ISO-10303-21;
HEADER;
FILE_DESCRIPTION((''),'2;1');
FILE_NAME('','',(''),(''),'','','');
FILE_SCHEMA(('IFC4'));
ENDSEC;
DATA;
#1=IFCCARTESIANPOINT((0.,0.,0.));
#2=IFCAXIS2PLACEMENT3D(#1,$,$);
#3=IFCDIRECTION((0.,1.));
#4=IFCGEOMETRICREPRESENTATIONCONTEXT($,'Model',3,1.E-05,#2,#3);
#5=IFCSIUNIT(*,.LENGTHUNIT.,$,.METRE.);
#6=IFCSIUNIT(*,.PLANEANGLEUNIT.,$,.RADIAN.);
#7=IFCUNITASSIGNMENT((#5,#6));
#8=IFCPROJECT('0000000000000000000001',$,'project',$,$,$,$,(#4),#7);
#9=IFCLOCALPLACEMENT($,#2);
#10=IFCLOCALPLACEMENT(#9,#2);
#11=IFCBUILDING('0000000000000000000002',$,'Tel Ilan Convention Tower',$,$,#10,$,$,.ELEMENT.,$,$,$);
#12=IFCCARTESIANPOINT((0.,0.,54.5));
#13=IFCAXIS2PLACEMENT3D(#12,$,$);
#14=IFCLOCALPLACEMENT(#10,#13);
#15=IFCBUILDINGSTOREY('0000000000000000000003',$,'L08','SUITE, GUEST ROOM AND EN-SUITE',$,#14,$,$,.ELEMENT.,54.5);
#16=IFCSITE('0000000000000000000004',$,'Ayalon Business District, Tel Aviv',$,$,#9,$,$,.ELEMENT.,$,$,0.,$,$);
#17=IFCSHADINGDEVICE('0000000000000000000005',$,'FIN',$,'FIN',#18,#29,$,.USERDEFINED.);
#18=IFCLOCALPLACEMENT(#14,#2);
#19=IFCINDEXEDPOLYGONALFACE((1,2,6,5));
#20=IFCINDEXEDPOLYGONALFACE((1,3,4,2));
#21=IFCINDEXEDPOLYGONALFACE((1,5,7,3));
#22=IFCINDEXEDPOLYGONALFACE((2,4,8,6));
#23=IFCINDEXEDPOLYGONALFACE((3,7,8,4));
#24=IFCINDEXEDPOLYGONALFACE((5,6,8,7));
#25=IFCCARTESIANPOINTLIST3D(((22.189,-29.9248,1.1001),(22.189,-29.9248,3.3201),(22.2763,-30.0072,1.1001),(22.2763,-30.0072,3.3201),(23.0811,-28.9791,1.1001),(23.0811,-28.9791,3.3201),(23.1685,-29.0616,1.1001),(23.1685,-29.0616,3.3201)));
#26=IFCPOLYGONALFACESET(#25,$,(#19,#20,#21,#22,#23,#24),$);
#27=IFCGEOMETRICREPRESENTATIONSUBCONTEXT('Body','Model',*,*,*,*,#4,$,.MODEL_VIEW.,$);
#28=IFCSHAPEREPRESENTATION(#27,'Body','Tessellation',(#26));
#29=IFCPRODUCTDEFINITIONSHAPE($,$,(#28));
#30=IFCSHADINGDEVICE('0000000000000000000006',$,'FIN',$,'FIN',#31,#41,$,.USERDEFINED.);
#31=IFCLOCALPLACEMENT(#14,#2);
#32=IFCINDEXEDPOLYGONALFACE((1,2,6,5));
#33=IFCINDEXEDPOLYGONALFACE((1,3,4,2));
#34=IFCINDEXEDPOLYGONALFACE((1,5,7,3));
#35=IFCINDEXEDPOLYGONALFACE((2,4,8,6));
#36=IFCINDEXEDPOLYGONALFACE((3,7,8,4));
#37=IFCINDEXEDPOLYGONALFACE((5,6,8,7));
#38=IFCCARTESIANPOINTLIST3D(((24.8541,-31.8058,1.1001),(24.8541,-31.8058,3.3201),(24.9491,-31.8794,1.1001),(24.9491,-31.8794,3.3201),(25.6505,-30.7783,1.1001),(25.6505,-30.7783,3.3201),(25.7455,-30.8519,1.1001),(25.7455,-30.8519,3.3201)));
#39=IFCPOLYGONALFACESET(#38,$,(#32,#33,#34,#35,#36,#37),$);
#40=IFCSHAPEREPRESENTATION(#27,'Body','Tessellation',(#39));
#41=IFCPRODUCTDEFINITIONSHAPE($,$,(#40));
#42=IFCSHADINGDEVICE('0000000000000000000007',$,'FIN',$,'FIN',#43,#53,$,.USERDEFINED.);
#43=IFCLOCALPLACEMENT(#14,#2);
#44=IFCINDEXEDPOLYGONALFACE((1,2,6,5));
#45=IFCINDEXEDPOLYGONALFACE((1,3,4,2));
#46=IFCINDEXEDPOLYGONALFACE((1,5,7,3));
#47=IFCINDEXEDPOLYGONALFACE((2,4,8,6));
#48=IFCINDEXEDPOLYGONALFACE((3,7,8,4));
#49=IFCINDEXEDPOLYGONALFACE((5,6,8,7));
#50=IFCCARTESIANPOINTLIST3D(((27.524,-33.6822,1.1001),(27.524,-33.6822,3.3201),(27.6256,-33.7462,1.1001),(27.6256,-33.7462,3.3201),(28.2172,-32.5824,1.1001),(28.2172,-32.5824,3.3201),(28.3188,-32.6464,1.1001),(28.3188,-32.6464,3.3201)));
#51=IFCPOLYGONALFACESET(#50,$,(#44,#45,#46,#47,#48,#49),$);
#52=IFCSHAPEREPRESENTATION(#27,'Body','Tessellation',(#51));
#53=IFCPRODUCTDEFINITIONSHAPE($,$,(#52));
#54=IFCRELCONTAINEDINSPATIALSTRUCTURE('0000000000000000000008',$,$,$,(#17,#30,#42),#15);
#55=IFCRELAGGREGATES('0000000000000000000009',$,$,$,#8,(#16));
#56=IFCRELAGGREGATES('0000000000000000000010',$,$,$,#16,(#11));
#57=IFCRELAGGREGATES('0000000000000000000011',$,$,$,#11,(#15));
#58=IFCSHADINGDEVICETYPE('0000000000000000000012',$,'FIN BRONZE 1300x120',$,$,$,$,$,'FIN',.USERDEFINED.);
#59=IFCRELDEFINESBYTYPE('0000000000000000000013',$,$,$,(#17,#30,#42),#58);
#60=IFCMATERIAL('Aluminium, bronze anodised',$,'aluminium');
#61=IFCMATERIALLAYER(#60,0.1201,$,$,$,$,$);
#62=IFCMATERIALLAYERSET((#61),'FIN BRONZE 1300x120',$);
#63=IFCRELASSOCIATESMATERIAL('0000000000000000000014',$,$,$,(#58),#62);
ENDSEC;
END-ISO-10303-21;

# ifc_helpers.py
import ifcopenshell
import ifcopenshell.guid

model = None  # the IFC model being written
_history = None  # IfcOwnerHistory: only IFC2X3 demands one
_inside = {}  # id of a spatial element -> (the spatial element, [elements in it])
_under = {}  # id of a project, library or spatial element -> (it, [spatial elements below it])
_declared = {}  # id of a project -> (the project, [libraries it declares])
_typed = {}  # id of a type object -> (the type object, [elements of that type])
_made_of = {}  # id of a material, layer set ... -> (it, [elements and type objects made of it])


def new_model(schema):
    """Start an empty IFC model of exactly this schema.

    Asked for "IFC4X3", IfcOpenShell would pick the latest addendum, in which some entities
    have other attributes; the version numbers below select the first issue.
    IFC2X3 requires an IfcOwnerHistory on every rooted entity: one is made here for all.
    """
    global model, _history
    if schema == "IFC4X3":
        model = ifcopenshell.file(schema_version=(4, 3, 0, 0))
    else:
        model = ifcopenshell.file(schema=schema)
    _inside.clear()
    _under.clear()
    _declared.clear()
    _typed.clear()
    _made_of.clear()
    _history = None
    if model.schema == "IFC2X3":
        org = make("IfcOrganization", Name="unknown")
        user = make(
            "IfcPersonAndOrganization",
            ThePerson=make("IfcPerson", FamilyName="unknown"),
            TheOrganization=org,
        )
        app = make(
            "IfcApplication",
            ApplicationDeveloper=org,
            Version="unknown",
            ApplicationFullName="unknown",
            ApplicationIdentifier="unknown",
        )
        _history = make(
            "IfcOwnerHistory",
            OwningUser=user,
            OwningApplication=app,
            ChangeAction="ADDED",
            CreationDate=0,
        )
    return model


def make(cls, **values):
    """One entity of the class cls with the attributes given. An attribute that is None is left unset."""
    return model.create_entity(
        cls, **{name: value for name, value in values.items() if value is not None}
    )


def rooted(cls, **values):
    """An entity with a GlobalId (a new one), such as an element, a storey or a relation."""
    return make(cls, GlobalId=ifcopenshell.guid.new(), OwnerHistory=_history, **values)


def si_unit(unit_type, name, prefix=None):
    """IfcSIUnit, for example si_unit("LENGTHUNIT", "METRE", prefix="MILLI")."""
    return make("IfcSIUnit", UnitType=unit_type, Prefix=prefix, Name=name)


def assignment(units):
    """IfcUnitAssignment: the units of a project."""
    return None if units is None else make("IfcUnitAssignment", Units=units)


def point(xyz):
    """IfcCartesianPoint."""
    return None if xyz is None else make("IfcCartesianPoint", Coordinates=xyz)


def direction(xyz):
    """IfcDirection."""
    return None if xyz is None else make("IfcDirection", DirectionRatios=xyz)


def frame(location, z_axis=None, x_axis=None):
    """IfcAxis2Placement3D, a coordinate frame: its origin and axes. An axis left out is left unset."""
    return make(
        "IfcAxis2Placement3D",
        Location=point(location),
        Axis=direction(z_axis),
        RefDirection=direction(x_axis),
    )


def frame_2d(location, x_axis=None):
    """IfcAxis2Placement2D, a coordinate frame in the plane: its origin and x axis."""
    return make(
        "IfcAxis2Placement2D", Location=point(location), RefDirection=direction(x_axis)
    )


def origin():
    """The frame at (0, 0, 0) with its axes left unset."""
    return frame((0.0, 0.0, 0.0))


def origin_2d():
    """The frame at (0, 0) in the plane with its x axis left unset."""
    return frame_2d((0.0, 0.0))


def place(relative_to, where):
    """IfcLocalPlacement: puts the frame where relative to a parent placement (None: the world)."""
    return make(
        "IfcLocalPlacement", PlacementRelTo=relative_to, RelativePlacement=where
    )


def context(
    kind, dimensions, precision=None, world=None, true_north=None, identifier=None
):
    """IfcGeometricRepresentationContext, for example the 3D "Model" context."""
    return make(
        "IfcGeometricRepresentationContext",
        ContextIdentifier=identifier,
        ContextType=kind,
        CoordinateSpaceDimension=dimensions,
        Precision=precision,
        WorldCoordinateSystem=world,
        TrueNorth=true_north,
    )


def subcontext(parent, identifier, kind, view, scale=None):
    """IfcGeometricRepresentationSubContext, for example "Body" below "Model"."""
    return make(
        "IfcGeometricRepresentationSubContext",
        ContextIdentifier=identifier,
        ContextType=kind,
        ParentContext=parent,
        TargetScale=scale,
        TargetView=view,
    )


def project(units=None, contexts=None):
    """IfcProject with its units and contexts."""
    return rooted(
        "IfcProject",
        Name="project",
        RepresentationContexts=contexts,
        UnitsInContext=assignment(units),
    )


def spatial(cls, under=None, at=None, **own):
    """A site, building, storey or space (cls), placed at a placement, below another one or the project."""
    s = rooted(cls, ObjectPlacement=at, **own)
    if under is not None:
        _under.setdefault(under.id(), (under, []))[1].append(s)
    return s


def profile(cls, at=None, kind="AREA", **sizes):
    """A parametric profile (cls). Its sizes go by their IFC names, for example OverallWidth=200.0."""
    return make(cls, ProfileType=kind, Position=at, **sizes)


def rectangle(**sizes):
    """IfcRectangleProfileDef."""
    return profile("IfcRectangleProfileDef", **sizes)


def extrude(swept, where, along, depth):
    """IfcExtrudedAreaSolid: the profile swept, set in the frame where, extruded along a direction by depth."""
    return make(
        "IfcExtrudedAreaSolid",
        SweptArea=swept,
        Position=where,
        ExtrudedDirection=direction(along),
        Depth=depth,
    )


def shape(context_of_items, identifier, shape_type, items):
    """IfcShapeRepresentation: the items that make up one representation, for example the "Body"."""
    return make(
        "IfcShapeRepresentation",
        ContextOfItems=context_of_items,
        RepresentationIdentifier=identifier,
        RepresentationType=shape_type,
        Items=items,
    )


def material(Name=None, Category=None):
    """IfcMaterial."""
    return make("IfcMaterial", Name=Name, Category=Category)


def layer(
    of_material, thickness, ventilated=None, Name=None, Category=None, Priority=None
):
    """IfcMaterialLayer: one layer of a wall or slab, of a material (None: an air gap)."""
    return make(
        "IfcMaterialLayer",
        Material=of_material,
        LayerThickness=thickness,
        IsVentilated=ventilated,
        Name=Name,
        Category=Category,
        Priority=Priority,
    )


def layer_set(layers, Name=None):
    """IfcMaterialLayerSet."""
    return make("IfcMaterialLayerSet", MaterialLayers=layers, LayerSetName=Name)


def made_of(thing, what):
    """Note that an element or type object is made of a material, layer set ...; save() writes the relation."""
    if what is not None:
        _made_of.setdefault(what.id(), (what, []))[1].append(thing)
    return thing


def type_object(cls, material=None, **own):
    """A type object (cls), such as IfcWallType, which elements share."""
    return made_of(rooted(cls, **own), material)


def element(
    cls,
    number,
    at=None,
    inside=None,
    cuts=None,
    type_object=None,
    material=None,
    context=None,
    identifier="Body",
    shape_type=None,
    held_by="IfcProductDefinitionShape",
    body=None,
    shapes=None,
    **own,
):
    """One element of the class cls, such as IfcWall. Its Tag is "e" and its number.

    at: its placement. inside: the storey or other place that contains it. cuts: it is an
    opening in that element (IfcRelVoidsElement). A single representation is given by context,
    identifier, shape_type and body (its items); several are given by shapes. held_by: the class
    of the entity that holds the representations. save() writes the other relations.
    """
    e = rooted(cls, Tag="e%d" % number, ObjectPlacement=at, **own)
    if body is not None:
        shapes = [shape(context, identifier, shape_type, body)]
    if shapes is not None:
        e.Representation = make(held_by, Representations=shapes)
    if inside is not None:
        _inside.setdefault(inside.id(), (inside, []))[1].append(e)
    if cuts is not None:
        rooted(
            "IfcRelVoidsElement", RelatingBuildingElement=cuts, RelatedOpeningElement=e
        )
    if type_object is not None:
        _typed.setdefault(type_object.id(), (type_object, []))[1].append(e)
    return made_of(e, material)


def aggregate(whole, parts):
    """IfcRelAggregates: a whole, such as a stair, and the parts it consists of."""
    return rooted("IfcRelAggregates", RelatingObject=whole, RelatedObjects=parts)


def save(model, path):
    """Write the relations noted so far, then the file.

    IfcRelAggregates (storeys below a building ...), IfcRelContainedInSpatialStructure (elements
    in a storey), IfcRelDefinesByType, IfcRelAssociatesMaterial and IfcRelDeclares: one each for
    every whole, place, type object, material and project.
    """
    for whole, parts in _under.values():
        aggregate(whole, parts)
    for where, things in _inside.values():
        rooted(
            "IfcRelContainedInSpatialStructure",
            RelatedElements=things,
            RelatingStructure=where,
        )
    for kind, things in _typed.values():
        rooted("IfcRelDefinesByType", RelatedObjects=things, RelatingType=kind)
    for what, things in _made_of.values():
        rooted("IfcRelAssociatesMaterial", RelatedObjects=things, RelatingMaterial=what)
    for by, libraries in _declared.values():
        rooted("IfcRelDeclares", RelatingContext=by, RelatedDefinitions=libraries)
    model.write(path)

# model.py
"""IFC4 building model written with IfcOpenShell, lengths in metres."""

from ifc_helpers import new_model, si_unit, direction, frame, origin, origin_2d, place, context, subcontext, project, spatial, rectangle, extrude, material, layer, layer_set, type_object, element, save


model = new_model("IFC4")

# Units and contexts
model_context = context("Model", 3, precision=1e-05, world=origin(), true_north=direction((0.0, 1.0)))
body_context = subcontext(model_context, "Body", "Model", "MODEL_VIEW")
ifc_project = project(units=[si_unit("LENGTHUNIT", "METRE"), si_unit("PLANEANGLEUNIT", "RADIAN")], contexts=[model_context])

# Site, building, storey
site_placement = place(None, origin())
site = spatial("IfcSite", under=ifc_project, at=site_placement, Name="Ayalon Business District, Tel Aviv", CompositionType="ELEMENT", RefElevation=0.0)
building_placement = place(site_placement, origin())
building = spatial("IfcBuilding", under=site, at=building_placement, Name="Tel Ilan Convention Tower", CompositionType="ELEMENT")
storey_placement = place(building_placement, frame((0.0, 0.0, 54.5)))
storey = spatial("IfcBuildingStorey", under=building, at=storey_placement, Name="L08", Description="SUITE, GUEST ROOM AND EN-SUITE", CompositionType="ELEMENT", Elevation=54.5)

# Shading devices
ifc_material_1 = material(Name="Aluminium, bronze anodised", Category="aluminium")
ifc_layer_1 = layer(ifc_material_1, 0.1201)
ifc_layer_set_1 = layer_set([ifc_layer_1], Name="FIN BRONZE 1300x120")
shading_device_type = type_object("IfcShadingDeviceType", Name="FIN BRONZE 1300x120", ElementType="FIN", PredefinedType="USERDEFINED", material=ifc_layer_set_1)
for number, where, z_axis, x_axis, name in (
    (1, (22.6787, -29.4932, 1.1001), (0.0, 0.0, 1.0), (-0.686242, -0.727374, 0.0), "FIN"),
    (2, (25.2998, -31.3289, 1.1001), (0.0, 0.0, 1.0), (-0.612601, -0.790393, 0.0), "FIN"),
    (3, (27.9214, -33.1643, 1.1001), (0.0, 0.0, 1.0), (-0.533204, -0.845986, 0.0), "FIN"),
):
    element("IfcShadingDevice", number, at=place(storey_placement, frame(where, z_axis=z_axis, x_axis=x_axis)), inside=storey, type_object=shading_device_type, Name=name, ObjectType="FIN", PredefinedType="USERDEFINED", context=body_context, shape_type="SweptSolid", body=[
        extrude(rectangle(XDim=1.3, YDim=0.1201, at=origin_2d()), origin(), (0.0, 0.0, 1.0), 2.22),
    ])

save(model, "model.ifc")
